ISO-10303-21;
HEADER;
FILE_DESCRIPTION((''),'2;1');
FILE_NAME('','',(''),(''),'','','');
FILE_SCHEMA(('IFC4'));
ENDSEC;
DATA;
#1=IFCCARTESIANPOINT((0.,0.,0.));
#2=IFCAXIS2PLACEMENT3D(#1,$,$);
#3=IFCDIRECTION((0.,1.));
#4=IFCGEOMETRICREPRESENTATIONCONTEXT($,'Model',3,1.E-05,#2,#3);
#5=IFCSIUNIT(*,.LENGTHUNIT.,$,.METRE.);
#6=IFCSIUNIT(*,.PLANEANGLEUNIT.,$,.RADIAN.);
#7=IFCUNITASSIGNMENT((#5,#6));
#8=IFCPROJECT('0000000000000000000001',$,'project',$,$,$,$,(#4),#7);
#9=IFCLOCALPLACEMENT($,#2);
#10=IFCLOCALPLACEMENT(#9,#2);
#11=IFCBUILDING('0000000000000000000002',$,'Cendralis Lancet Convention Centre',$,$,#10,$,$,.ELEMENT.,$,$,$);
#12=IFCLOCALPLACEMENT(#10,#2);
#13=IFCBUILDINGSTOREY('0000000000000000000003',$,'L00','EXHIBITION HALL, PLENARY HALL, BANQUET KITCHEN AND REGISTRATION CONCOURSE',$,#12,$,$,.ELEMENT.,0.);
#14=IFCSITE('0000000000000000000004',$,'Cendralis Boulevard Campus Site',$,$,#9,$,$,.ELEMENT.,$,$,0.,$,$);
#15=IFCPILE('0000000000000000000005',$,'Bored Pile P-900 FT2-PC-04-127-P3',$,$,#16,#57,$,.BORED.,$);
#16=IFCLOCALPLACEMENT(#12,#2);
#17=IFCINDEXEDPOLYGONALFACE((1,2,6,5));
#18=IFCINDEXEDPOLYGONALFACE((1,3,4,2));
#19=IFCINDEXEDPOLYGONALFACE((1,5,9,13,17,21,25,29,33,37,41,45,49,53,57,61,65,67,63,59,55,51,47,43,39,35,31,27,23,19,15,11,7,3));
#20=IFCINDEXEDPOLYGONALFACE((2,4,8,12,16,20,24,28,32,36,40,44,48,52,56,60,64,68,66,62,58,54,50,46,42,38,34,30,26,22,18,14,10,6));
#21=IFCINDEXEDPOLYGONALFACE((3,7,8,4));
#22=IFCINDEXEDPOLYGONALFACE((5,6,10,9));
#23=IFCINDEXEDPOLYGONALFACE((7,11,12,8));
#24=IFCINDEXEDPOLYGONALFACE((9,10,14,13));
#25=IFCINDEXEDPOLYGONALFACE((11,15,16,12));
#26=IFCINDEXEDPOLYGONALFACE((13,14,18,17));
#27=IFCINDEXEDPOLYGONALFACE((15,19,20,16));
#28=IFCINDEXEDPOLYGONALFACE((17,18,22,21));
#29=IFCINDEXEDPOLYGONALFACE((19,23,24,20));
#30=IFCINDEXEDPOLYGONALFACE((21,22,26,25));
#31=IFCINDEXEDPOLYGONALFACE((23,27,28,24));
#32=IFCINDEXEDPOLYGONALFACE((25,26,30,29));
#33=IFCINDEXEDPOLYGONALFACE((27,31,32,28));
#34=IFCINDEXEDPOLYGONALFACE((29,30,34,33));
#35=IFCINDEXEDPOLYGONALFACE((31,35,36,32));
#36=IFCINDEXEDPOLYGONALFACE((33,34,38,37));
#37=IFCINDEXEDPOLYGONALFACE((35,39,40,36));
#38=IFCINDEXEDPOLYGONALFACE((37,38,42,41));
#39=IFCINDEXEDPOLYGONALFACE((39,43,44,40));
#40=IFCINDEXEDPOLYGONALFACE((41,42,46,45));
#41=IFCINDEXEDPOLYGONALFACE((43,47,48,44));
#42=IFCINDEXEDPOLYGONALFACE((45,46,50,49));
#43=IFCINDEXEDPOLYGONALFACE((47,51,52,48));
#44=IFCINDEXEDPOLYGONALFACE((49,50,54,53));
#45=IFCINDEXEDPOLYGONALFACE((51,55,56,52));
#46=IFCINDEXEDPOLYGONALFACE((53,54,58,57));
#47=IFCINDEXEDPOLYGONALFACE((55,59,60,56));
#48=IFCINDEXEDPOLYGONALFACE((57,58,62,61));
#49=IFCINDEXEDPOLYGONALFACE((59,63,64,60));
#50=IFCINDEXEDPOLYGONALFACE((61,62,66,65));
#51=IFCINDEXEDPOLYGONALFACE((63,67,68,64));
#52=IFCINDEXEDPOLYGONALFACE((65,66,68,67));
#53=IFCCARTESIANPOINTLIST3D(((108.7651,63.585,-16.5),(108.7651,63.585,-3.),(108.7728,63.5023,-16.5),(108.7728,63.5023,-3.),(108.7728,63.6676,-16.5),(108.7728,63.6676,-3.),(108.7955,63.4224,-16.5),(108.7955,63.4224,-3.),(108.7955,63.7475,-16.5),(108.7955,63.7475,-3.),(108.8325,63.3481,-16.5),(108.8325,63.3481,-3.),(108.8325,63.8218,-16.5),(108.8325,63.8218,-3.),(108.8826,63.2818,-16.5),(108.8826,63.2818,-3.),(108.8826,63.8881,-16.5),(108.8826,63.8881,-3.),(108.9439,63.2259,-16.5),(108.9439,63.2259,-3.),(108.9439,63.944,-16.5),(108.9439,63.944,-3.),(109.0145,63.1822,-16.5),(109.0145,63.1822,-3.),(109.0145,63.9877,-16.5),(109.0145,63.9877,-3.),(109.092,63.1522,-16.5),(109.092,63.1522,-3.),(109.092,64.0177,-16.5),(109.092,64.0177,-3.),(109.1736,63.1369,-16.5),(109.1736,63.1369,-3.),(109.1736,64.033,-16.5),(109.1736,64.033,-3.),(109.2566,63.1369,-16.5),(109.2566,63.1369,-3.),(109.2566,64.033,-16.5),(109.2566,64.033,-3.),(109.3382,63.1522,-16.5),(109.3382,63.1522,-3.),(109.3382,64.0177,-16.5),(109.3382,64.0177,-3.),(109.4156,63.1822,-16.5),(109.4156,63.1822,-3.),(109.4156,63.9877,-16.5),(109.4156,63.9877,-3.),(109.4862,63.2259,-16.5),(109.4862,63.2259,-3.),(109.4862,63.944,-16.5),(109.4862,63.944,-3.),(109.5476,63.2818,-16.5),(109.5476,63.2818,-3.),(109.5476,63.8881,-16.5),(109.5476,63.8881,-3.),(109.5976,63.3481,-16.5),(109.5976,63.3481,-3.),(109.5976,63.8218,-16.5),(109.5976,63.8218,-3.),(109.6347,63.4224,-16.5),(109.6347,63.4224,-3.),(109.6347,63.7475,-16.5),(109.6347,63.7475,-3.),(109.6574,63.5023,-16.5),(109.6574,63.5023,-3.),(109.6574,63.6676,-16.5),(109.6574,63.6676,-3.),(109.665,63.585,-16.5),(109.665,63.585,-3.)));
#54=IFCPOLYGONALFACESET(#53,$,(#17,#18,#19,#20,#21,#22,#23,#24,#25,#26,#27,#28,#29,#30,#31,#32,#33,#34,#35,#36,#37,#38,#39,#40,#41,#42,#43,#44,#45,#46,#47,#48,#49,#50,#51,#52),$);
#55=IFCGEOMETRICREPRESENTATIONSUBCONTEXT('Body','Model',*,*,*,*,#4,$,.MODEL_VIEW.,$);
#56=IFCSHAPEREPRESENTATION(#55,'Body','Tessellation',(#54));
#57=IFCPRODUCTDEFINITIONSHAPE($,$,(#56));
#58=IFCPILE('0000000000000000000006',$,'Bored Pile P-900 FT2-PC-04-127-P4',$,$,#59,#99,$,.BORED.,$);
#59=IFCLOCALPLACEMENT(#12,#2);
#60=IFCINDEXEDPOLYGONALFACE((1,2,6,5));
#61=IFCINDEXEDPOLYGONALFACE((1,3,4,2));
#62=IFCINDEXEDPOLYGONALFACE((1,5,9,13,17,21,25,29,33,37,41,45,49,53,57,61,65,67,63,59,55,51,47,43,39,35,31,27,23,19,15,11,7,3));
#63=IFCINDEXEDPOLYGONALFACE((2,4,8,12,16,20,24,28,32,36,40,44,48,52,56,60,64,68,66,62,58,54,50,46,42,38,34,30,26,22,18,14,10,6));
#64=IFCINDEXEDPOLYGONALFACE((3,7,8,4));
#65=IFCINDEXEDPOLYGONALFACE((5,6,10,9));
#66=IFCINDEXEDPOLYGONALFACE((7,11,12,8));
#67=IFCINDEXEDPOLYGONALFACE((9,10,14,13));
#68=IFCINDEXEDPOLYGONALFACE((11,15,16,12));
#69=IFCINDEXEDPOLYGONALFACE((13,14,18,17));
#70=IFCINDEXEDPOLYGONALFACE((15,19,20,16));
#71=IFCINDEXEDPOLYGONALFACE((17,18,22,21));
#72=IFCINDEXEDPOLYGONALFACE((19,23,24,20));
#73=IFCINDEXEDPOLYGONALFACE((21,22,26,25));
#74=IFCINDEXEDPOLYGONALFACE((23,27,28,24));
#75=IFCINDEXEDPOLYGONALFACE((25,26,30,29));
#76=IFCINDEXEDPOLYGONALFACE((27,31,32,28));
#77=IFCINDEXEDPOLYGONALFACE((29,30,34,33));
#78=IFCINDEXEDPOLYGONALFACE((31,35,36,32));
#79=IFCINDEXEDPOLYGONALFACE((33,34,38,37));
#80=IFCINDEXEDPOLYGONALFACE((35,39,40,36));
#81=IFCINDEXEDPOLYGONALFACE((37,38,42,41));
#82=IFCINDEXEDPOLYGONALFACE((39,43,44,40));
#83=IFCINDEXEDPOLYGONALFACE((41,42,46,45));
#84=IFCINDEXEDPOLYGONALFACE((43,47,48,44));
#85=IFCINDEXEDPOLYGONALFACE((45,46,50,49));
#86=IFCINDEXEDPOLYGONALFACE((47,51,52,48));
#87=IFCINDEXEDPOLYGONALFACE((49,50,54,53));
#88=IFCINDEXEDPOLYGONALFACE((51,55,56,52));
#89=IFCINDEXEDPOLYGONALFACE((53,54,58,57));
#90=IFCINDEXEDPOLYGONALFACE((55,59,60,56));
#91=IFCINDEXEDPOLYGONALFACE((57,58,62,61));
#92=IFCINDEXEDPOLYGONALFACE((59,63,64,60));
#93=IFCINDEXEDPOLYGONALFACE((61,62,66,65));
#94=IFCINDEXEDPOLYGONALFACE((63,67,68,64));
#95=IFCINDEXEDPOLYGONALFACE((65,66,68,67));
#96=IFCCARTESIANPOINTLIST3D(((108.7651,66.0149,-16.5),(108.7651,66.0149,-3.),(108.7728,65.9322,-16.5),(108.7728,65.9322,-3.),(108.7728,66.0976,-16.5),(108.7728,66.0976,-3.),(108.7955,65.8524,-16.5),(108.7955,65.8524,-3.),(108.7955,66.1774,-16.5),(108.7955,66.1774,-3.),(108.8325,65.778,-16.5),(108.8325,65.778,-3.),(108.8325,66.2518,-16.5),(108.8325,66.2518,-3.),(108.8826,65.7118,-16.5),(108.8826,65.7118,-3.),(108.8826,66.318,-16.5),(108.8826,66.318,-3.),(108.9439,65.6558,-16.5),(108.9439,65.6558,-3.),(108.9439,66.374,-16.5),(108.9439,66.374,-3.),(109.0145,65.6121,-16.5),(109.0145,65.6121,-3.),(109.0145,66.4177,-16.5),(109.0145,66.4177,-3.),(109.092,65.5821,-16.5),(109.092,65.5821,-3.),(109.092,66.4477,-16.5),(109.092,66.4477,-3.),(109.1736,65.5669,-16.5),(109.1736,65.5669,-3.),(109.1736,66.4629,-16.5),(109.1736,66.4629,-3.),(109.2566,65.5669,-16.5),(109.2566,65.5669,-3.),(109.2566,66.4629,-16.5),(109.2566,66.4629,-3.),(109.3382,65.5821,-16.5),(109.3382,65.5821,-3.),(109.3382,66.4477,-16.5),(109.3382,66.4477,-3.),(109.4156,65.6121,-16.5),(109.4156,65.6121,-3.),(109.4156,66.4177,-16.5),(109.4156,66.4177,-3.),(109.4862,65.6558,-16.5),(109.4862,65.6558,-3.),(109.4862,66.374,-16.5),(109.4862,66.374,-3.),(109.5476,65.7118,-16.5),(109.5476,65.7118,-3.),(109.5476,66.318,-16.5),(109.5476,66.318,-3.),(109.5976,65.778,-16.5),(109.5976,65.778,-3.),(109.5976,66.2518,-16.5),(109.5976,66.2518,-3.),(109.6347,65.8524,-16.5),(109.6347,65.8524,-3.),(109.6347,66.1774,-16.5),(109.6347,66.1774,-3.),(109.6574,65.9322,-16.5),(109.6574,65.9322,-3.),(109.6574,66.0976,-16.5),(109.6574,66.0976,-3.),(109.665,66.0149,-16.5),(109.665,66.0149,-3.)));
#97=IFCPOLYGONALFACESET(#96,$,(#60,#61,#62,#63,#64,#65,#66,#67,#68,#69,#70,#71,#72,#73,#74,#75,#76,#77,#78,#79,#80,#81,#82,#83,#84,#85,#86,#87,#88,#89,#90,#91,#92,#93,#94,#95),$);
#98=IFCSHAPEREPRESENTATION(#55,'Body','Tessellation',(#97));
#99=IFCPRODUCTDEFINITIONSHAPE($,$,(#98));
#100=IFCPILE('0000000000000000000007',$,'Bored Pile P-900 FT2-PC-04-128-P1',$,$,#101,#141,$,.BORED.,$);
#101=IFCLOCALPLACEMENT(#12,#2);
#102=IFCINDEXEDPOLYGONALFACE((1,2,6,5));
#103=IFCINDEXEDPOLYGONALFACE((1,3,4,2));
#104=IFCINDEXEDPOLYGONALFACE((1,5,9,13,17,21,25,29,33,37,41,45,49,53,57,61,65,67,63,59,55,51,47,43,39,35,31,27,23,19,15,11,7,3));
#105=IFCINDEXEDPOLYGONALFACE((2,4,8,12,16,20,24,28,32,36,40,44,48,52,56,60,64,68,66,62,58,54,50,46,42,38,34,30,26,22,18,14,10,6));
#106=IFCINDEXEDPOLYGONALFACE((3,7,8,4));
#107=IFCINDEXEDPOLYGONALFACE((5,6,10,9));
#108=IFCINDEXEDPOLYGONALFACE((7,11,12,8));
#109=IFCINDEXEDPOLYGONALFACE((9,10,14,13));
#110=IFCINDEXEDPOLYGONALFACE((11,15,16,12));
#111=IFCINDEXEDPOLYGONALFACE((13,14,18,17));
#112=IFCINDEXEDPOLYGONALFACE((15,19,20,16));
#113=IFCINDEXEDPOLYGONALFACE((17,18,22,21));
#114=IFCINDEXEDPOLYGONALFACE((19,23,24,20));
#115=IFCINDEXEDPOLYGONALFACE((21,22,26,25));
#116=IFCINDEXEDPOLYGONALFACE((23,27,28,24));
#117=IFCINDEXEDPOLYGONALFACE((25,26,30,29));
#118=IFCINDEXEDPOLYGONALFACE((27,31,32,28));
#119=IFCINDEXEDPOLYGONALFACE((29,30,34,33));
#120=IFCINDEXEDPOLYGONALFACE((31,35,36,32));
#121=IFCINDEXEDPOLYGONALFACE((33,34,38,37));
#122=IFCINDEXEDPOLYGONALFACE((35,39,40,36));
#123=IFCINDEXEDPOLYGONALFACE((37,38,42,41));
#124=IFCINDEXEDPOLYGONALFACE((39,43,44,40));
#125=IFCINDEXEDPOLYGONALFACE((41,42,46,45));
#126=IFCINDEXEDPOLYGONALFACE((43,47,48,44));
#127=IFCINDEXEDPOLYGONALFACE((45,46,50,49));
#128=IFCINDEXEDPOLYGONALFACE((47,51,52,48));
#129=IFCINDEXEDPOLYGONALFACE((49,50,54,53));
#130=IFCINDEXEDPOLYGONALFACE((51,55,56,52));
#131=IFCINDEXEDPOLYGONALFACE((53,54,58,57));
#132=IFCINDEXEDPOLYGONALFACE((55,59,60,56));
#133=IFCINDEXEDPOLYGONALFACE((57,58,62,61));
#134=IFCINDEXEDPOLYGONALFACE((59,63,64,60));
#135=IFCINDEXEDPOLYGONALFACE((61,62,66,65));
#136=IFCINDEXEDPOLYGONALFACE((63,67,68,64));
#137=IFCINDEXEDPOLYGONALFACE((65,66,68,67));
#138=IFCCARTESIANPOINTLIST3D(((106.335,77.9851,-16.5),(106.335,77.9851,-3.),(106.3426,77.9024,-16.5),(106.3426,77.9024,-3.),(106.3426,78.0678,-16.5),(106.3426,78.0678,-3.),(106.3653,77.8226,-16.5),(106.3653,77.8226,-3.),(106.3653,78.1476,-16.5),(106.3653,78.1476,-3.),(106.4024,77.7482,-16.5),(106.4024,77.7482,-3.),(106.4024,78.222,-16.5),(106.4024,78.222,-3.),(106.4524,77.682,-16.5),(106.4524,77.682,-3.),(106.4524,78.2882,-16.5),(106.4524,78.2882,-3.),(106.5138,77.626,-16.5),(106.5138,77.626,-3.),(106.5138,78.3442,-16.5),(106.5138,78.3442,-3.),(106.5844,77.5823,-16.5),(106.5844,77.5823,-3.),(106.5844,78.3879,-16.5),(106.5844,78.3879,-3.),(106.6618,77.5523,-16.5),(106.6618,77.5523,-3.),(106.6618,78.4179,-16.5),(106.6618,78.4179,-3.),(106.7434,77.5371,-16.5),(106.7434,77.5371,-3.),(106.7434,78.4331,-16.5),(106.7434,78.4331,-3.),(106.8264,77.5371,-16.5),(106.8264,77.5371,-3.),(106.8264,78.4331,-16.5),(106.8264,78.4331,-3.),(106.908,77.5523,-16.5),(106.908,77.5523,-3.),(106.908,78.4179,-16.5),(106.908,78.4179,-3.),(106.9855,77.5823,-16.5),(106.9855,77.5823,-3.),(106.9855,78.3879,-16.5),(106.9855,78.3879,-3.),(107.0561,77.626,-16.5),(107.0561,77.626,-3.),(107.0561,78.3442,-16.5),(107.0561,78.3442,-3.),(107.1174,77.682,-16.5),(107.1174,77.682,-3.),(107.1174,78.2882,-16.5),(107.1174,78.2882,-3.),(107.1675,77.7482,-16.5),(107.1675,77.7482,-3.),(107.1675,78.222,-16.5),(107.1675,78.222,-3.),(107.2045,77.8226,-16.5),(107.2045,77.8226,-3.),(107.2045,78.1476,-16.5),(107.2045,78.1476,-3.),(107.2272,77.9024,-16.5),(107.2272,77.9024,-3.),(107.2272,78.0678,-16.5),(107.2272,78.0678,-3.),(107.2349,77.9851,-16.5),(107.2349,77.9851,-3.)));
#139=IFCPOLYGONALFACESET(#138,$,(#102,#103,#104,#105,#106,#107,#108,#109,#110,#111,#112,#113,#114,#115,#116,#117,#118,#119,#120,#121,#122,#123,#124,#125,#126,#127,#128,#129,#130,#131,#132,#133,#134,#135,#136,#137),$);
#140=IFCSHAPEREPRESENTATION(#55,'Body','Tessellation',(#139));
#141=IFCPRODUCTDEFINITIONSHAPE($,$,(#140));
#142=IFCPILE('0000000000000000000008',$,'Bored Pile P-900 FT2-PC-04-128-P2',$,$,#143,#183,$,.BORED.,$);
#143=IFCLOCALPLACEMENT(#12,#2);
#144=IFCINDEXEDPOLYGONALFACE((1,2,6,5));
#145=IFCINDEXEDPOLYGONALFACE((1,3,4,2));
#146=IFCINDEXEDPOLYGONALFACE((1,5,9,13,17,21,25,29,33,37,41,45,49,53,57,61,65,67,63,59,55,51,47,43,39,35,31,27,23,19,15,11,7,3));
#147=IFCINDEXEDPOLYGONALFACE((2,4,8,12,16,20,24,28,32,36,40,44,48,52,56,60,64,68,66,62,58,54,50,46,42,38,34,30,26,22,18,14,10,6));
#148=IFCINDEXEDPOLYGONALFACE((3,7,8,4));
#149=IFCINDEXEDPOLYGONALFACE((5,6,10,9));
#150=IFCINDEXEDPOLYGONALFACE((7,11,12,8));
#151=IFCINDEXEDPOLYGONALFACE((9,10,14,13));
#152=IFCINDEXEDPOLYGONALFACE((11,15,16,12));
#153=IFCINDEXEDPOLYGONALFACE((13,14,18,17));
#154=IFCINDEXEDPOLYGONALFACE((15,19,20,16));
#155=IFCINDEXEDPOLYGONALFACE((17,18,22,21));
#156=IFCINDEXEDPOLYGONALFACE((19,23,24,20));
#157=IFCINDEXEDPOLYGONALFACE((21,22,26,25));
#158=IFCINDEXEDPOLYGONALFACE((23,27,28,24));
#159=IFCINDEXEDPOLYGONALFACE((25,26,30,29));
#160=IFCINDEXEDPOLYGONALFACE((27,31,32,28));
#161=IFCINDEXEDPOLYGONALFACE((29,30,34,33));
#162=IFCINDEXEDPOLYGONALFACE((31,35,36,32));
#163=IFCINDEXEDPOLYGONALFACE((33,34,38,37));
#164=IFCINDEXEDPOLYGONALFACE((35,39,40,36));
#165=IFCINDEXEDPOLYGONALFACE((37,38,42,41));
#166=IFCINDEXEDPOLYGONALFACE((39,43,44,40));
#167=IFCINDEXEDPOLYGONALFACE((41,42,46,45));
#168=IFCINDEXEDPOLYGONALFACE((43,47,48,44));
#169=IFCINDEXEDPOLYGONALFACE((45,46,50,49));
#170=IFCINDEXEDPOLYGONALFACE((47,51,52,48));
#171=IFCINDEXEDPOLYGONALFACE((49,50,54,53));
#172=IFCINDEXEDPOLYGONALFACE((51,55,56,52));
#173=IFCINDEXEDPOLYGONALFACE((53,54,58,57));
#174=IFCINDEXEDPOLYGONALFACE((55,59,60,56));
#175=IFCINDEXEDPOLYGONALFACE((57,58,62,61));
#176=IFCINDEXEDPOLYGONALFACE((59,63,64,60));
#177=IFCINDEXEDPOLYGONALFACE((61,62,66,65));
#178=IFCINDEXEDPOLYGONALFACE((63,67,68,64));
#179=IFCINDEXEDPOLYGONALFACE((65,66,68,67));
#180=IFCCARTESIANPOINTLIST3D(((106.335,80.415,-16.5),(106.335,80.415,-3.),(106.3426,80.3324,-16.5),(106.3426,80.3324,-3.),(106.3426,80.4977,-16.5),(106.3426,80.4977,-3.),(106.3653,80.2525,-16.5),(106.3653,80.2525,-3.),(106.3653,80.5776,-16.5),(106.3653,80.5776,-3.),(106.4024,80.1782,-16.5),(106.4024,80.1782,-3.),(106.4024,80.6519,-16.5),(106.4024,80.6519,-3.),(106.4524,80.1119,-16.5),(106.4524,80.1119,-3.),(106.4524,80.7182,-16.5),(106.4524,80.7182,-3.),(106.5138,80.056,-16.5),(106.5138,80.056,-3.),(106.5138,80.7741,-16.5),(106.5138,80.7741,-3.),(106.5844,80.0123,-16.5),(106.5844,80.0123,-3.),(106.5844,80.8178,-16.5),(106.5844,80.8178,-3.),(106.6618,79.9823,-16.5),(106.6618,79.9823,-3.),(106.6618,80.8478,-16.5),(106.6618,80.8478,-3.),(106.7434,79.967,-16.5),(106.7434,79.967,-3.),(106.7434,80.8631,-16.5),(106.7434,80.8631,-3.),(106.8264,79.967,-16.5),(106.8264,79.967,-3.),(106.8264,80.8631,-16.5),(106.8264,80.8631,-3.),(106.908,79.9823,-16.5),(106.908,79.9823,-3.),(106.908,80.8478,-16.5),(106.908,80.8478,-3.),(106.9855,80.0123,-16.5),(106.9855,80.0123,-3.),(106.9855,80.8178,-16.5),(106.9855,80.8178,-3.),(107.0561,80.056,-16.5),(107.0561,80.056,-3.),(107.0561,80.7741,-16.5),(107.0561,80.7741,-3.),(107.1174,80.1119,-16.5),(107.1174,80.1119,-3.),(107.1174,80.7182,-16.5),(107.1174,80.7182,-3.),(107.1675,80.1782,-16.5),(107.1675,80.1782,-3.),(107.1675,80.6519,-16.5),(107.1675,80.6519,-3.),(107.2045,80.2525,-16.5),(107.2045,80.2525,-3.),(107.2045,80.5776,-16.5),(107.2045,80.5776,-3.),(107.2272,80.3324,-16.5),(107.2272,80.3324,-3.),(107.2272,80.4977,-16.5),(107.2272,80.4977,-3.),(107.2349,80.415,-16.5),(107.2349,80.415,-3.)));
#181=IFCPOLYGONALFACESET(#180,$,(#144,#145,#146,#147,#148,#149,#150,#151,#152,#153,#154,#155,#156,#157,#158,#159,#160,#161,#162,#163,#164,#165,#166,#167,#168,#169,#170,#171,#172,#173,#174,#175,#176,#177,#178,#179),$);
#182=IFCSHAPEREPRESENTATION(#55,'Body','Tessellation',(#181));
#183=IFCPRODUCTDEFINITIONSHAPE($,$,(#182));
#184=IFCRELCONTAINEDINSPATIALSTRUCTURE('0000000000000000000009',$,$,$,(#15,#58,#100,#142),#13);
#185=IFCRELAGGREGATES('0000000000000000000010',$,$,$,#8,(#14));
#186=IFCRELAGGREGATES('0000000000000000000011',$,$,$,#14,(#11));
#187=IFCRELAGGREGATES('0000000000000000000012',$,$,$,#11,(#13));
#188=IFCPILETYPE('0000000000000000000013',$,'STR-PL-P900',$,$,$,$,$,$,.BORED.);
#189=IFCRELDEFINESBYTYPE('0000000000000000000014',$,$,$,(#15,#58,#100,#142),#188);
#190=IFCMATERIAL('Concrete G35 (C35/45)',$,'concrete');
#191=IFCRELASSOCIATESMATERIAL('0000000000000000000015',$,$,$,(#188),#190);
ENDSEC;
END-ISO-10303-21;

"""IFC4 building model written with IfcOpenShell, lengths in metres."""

from ifc_helpers import new_model, si_unit, direction, frame, origin, origin_2d, place, context, subcontext, project, spatial, circle, extrude, material, material_profile, profile_set, type_object, element, save


model = new_model("IFC4")

# Units and contexts
model_context = context("Model", 3, precision=1e-05, world=origin(), true_north=direction((0.0, 1.0)))
body_context = subcontext(model_context, "Body", "Model", "MODEL_VIEW")
ifc_project = project(units=[si_unit("LENGTHUNIT", "METRE"), si_unit("PLANEANGLEUNIT", "RADIAN")], contexts=[model_context])

# Site, building, storey
site_placement = place(None, origin())
site = spatial("IfcSite", under=ifc_project, at=site_placement, Name="Cendralis Boulevard Campus Site", CompositionType="ELEMENT", RefElevation=0.0)
building_placement = place(site_placement, origin())
building = spatial("IfcBuilding", under=site, at=building_placement, Name="Cendralis Lancet Convention Centre", CompositionType="ELEMENT")
storey_placement = place(building_placement, origin())
storey = spatial("IfcBuildingStorey", under=building, at=storey_placement, Name="L00", Description="EXHIBITION HALL, PLENARY HALL, BANQUET KITCHEN AND REGISTRATION CONCOURSE", CompositionType="ELEMENT", Elevation=0.0)

# Shared definitions
ifc_material_1 = material(Name="Concrete G35 (C35/45)", Category="concrete")

# Piles
ifc_material_profile_1 = material_profile(ifc_material_1, circle(Radius=0.45, at=origin_2d()), Name="BORED PILE D900")
ifc_profile_set_1 = profile_set([ifc_material_profile_1], Name="Concrete G35 (C35/45)")
pile_type_1 = type_object("IfcPileType", Name="STR-PL-P900", PredefinedType="BORED", material=ifc_profile_set_1)
for number, where, z_axis, x_axis, name in (
    (1, (109.2151, 63.585, -3.0), (0.0, 0.0, -1.0), (1.0, 0.0, 0.0), "Bored Pile P-900 FT2-PC-04-127-P3"),
    (2, (109.2151, 66.0149, -3.0), (0.0, 0.0, -1.0), (1.0, 0.0, 0.0), "Bored Pile P-900 FT2-PC-04-127-P4"),
    (3, (106.7849, 77.9851, -3.0), (0.0, 0.0, -1.0), (1.0, 0.0, 0.0), "Bored Pile P-900 FT2-PC-04-128-P1"),
    (4, (106.7849, 80.415, -3.0), (0.0, 0.0, -1.0), (1.0, 0.0, 0.0), "Bored Pile P-900 FT2-PC-04-128-P2"),
):
    element("IfcPile", number, at=place(storey_placement, frame(where, z_axis=z_axis, x_axis=x_axis)), inside=storey, type_object=pile_type_1, Name=name, PredefinedType="BORED", context=body_context, shape_type="SweptSolid", body=[
        extrude(circle(Radius=0.45, at=origin_2d()), origin(), (0.0, 0.0, 1.0), 13.5),
    ])

save(model, "model.ifc")
